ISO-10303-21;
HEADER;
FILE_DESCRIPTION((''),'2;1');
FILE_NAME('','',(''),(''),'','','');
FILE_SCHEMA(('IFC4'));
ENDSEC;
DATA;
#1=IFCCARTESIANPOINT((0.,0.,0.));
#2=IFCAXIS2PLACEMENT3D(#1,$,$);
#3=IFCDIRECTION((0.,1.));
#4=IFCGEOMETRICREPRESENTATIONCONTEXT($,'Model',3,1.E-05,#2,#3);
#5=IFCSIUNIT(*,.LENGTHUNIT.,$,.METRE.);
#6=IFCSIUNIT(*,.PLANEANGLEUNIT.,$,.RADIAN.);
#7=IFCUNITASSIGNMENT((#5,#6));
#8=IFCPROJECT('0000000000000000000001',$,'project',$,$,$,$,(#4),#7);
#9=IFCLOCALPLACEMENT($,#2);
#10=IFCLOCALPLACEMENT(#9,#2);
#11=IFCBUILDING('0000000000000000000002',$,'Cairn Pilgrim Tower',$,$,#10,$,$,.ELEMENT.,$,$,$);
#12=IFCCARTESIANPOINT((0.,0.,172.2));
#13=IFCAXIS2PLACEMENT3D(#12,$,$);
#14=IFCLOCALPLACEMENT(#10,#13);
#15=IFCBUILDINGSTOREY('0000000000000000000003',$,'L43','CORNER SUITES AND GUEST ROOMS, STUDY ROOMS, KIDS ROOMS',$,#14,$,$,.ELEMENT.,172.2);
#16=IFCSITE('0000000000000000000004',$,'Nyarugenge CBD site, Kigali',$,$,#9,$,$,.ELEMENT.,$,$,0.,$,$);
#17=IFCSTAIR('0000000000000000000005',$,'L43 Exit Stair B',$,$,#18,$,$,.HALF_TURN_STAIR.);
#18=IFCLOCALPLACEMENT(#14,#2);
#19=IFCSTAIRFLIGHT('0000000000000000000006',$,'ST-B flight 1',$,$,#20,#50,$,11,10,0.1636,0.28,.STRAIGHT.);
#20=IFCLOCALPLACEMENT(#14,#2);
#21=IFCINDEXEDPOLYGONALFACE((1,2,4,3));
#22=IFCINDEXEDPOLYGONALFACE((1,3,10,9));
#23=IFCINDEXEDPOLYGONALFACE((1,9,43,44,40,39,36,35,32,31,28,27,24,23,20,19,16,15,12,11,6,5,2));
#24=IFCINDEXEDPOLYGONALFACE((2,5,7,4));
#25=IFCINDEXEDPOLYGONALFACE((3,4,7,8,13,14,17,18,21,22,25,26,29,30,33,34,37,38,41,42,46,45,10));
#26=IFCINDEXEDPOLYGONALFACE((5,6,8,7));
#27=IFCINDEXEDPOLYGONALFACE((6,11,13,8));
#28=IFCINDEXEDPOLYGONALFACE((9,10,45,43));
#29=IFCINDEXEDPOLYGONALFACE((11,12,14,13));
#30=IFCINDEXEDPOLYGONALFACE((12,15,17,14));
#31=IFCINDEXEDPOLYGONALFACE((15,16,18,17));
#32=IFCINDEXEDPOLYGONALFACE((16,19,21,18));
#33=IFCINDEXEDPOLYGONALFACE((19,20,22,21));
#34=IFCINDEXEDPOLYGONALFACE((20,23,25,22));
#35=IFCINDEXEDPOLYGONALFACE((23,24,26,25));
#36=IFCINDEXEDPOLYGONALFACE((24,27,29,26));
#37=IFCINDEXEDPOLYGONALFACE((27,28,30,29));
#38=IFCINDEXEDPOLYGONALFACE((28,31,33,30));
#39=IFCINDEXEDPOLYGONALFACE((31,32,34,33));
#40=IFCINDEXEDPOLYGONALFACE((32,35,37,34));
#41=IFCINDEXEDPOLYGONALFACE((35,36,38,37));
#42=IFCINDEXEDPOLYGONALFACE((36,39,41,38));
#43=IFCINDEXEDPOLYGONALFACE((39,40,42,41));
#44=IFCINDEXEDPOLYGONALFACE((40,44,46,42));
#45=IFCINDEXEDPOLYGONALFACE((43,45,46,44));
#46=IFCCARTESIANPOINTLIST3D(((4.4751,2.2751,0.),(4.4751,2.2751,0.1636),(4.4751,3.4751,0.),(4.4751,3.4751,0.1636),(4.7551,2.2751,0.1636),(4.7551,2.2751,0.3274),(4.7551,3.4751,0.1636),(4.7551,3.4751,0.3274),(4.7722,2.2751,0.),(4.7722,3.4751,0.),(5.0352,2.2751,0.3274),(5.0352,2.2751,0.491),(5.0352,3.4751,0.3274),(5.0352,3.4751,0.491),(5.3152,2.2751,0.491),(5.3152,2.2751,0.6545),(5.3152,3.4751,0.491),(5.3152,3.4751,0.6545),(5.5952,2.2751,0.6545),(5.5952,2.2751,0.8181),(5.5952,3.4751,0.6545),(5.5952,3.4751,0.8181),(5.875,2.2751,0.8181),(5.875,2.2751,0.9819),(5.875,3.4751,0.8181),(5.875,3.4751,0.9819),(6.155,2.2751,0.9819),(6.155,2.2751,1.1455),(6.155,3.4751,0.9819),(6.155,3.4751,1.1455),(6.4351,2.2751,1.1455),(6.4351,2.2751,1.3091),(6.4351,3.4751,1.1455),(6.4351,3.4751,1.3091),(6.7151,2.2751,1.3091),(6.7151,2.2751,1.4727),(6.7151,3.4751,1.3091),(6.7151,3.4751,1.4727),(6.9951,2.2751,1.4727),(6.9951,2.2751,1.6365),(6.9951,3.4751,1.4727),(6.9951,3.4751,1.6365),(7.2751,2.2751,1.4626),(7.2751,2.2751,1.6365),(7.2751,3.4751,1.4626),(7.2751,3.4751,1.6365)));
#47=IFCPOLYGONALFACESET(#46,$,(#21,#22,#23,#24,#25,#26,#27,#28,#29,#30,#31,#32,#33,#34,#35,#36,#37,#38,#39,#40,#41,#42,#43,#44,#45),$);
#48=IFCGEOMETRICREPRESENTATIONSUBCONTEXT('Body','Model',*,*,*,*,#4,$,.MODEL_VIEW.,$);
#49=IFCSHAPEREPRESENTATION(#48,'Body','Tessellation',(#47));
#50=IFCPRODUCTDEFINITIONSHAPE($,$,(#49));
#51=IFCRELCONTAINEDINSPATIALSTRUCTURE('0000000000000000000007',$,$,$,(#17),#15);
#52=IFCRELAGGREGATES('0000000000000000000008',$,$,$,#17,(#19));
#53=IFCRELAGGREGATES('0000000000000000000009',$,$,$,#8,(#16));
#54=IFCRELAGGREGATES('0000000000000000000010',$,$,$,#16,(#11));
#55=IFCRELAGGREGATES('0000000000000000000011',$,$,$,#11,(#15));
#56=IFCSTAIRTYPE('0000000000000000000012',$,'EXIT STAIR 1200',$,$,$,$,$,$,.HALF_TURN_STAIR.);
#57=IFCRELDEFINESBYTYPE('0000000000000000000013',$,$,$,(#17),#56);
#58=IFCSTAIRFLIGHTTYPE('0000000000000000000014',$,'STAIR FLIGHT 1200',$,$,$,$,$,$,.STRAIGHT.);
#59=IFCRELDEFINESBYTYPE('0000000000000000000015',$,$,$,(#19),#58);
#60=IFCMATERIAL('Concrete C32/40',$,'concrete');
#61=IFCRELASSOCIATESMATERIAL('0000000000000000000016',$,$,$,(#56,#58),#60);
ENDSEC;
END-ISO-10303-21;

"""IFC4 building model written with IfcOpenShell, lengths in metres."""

from ifc_helpers import new_model, si_unit, direction, frame, origin, place, context, subcontext, project, spatial, polyline, outline, extrude, material, type_object, element, aggregate, save


model = new_model("IFC4")

# Units and contexts
model_context = context("Model", 3, precision=1e-05, world=origin(), true_north=direction((0.0, 1.0)))
body_context = subcontext(model_context, "Body", "Model", "MODEL_VIEW")
ifc_project = project(units=[si_unit("LENGTHUNIT", "METRE"), si_unit("PLANEANGLEUNIT", "RADIAN")], contexts=[model_context])

# Site, building, storey
site_placement = place(None, origin())
site = spatial("IfcSite", under=ifc_project, at=site_placement, Name="Nyarugenge CBD site, Kigali", CompositionType="ELEMENT", RefElevation=0.0)
building_placement = place(site_placement, origin())
building = spatial("IfcBuilding", under=site, at=building_placement, Name="Cairn Pilgrim Tower", CompositionType="ELEMENT")
storey_placement = place(building_placement, frame((0.0, 0.0, 172.2)))
storey = spatial("IfcBuildingStorey", under=building, at=storey_placement, Name="L43", Description="CORNER SUITES AND GUEST ROOMS, STUDY ROOMS, KIDS ROOMS", CompositionType="ELEMENT", Elevation=172.2)

# Shared definitions
ifc_material_1 = material(Name="Concrete C32/40", Category="concrete")

# Stair, stair flight
stair_type = type_object("IfcStairType", Name="EXIT STAIR 1200", PredefinedType="HALF_TURN_STAIR", material=ifc_material_1)
stair_placement = place(storey_placement, origin())
stair = element("IfcStair", 1, at=stair_placement, inside=storey, type_object=stair_type, Name="L43 Exit Stair B", PredefinedType="HALF_TURN_STAIR")
stair_flight_type = type_object("IfcStairFlightType", Name="STAIR FLIGHT 1200", PredefinedType="STRAIGHT", material=ifc_material_1)
stair_flight_placement = place(storey_placement, frame((4.4751, 2.875, 0.0), z_axis=(0.0, 0.0, 1.0), x_axis=(1.0, 0.0, 0.0)))
stair_flight = element("IfcStairFlight", 2, at=stair_flight_placement, type_object=stair_flight_type, Name="ST-B flight 1", NumberOfRisers=11, NumberOfTreads=10, PredefinedType="STRAIGHT", RiserHeight=0.1636, TreadLength=0.28, context=body_context, shape_type="SweptSolid", body=[
    extrude(outline(polyline([(0.0, 0.0), (0.0, 0.1636), (0.28, 0.1636), (0.28, 0.3274), (0.5601, 0.3274), (0.5601, 0.491), (0.8401, 0.491), (0.8401, 0.6545), (1.1201, 0.6545), (1.1201, 0.8181), (1.3999, 0.8181), (1.3999, 0.9819), (1.6799, 0.9819), (1.6799, 1.1455), (1.96, 1.1455), (1.96, 1.3091), (2.24, 1.3091), (2.24, 1.4727), (2.52, 1.4727), (2.52, 1.6365), (2.8, 1.6365), (2.8, 1.8), (2.8, 1.4626), (0.2971, 0.0), (0.0, 0.0)])), frame((0.0, 0.6001, 0.0), z_axis=(0.0, -1.0, 0.0), x_axis=(1.0, 0.0, 0.0)), (0.0, 0.0, 1.0), 1.2),
])
aggregate(stair, [stair_flight])

save(model, "model.ifc")
